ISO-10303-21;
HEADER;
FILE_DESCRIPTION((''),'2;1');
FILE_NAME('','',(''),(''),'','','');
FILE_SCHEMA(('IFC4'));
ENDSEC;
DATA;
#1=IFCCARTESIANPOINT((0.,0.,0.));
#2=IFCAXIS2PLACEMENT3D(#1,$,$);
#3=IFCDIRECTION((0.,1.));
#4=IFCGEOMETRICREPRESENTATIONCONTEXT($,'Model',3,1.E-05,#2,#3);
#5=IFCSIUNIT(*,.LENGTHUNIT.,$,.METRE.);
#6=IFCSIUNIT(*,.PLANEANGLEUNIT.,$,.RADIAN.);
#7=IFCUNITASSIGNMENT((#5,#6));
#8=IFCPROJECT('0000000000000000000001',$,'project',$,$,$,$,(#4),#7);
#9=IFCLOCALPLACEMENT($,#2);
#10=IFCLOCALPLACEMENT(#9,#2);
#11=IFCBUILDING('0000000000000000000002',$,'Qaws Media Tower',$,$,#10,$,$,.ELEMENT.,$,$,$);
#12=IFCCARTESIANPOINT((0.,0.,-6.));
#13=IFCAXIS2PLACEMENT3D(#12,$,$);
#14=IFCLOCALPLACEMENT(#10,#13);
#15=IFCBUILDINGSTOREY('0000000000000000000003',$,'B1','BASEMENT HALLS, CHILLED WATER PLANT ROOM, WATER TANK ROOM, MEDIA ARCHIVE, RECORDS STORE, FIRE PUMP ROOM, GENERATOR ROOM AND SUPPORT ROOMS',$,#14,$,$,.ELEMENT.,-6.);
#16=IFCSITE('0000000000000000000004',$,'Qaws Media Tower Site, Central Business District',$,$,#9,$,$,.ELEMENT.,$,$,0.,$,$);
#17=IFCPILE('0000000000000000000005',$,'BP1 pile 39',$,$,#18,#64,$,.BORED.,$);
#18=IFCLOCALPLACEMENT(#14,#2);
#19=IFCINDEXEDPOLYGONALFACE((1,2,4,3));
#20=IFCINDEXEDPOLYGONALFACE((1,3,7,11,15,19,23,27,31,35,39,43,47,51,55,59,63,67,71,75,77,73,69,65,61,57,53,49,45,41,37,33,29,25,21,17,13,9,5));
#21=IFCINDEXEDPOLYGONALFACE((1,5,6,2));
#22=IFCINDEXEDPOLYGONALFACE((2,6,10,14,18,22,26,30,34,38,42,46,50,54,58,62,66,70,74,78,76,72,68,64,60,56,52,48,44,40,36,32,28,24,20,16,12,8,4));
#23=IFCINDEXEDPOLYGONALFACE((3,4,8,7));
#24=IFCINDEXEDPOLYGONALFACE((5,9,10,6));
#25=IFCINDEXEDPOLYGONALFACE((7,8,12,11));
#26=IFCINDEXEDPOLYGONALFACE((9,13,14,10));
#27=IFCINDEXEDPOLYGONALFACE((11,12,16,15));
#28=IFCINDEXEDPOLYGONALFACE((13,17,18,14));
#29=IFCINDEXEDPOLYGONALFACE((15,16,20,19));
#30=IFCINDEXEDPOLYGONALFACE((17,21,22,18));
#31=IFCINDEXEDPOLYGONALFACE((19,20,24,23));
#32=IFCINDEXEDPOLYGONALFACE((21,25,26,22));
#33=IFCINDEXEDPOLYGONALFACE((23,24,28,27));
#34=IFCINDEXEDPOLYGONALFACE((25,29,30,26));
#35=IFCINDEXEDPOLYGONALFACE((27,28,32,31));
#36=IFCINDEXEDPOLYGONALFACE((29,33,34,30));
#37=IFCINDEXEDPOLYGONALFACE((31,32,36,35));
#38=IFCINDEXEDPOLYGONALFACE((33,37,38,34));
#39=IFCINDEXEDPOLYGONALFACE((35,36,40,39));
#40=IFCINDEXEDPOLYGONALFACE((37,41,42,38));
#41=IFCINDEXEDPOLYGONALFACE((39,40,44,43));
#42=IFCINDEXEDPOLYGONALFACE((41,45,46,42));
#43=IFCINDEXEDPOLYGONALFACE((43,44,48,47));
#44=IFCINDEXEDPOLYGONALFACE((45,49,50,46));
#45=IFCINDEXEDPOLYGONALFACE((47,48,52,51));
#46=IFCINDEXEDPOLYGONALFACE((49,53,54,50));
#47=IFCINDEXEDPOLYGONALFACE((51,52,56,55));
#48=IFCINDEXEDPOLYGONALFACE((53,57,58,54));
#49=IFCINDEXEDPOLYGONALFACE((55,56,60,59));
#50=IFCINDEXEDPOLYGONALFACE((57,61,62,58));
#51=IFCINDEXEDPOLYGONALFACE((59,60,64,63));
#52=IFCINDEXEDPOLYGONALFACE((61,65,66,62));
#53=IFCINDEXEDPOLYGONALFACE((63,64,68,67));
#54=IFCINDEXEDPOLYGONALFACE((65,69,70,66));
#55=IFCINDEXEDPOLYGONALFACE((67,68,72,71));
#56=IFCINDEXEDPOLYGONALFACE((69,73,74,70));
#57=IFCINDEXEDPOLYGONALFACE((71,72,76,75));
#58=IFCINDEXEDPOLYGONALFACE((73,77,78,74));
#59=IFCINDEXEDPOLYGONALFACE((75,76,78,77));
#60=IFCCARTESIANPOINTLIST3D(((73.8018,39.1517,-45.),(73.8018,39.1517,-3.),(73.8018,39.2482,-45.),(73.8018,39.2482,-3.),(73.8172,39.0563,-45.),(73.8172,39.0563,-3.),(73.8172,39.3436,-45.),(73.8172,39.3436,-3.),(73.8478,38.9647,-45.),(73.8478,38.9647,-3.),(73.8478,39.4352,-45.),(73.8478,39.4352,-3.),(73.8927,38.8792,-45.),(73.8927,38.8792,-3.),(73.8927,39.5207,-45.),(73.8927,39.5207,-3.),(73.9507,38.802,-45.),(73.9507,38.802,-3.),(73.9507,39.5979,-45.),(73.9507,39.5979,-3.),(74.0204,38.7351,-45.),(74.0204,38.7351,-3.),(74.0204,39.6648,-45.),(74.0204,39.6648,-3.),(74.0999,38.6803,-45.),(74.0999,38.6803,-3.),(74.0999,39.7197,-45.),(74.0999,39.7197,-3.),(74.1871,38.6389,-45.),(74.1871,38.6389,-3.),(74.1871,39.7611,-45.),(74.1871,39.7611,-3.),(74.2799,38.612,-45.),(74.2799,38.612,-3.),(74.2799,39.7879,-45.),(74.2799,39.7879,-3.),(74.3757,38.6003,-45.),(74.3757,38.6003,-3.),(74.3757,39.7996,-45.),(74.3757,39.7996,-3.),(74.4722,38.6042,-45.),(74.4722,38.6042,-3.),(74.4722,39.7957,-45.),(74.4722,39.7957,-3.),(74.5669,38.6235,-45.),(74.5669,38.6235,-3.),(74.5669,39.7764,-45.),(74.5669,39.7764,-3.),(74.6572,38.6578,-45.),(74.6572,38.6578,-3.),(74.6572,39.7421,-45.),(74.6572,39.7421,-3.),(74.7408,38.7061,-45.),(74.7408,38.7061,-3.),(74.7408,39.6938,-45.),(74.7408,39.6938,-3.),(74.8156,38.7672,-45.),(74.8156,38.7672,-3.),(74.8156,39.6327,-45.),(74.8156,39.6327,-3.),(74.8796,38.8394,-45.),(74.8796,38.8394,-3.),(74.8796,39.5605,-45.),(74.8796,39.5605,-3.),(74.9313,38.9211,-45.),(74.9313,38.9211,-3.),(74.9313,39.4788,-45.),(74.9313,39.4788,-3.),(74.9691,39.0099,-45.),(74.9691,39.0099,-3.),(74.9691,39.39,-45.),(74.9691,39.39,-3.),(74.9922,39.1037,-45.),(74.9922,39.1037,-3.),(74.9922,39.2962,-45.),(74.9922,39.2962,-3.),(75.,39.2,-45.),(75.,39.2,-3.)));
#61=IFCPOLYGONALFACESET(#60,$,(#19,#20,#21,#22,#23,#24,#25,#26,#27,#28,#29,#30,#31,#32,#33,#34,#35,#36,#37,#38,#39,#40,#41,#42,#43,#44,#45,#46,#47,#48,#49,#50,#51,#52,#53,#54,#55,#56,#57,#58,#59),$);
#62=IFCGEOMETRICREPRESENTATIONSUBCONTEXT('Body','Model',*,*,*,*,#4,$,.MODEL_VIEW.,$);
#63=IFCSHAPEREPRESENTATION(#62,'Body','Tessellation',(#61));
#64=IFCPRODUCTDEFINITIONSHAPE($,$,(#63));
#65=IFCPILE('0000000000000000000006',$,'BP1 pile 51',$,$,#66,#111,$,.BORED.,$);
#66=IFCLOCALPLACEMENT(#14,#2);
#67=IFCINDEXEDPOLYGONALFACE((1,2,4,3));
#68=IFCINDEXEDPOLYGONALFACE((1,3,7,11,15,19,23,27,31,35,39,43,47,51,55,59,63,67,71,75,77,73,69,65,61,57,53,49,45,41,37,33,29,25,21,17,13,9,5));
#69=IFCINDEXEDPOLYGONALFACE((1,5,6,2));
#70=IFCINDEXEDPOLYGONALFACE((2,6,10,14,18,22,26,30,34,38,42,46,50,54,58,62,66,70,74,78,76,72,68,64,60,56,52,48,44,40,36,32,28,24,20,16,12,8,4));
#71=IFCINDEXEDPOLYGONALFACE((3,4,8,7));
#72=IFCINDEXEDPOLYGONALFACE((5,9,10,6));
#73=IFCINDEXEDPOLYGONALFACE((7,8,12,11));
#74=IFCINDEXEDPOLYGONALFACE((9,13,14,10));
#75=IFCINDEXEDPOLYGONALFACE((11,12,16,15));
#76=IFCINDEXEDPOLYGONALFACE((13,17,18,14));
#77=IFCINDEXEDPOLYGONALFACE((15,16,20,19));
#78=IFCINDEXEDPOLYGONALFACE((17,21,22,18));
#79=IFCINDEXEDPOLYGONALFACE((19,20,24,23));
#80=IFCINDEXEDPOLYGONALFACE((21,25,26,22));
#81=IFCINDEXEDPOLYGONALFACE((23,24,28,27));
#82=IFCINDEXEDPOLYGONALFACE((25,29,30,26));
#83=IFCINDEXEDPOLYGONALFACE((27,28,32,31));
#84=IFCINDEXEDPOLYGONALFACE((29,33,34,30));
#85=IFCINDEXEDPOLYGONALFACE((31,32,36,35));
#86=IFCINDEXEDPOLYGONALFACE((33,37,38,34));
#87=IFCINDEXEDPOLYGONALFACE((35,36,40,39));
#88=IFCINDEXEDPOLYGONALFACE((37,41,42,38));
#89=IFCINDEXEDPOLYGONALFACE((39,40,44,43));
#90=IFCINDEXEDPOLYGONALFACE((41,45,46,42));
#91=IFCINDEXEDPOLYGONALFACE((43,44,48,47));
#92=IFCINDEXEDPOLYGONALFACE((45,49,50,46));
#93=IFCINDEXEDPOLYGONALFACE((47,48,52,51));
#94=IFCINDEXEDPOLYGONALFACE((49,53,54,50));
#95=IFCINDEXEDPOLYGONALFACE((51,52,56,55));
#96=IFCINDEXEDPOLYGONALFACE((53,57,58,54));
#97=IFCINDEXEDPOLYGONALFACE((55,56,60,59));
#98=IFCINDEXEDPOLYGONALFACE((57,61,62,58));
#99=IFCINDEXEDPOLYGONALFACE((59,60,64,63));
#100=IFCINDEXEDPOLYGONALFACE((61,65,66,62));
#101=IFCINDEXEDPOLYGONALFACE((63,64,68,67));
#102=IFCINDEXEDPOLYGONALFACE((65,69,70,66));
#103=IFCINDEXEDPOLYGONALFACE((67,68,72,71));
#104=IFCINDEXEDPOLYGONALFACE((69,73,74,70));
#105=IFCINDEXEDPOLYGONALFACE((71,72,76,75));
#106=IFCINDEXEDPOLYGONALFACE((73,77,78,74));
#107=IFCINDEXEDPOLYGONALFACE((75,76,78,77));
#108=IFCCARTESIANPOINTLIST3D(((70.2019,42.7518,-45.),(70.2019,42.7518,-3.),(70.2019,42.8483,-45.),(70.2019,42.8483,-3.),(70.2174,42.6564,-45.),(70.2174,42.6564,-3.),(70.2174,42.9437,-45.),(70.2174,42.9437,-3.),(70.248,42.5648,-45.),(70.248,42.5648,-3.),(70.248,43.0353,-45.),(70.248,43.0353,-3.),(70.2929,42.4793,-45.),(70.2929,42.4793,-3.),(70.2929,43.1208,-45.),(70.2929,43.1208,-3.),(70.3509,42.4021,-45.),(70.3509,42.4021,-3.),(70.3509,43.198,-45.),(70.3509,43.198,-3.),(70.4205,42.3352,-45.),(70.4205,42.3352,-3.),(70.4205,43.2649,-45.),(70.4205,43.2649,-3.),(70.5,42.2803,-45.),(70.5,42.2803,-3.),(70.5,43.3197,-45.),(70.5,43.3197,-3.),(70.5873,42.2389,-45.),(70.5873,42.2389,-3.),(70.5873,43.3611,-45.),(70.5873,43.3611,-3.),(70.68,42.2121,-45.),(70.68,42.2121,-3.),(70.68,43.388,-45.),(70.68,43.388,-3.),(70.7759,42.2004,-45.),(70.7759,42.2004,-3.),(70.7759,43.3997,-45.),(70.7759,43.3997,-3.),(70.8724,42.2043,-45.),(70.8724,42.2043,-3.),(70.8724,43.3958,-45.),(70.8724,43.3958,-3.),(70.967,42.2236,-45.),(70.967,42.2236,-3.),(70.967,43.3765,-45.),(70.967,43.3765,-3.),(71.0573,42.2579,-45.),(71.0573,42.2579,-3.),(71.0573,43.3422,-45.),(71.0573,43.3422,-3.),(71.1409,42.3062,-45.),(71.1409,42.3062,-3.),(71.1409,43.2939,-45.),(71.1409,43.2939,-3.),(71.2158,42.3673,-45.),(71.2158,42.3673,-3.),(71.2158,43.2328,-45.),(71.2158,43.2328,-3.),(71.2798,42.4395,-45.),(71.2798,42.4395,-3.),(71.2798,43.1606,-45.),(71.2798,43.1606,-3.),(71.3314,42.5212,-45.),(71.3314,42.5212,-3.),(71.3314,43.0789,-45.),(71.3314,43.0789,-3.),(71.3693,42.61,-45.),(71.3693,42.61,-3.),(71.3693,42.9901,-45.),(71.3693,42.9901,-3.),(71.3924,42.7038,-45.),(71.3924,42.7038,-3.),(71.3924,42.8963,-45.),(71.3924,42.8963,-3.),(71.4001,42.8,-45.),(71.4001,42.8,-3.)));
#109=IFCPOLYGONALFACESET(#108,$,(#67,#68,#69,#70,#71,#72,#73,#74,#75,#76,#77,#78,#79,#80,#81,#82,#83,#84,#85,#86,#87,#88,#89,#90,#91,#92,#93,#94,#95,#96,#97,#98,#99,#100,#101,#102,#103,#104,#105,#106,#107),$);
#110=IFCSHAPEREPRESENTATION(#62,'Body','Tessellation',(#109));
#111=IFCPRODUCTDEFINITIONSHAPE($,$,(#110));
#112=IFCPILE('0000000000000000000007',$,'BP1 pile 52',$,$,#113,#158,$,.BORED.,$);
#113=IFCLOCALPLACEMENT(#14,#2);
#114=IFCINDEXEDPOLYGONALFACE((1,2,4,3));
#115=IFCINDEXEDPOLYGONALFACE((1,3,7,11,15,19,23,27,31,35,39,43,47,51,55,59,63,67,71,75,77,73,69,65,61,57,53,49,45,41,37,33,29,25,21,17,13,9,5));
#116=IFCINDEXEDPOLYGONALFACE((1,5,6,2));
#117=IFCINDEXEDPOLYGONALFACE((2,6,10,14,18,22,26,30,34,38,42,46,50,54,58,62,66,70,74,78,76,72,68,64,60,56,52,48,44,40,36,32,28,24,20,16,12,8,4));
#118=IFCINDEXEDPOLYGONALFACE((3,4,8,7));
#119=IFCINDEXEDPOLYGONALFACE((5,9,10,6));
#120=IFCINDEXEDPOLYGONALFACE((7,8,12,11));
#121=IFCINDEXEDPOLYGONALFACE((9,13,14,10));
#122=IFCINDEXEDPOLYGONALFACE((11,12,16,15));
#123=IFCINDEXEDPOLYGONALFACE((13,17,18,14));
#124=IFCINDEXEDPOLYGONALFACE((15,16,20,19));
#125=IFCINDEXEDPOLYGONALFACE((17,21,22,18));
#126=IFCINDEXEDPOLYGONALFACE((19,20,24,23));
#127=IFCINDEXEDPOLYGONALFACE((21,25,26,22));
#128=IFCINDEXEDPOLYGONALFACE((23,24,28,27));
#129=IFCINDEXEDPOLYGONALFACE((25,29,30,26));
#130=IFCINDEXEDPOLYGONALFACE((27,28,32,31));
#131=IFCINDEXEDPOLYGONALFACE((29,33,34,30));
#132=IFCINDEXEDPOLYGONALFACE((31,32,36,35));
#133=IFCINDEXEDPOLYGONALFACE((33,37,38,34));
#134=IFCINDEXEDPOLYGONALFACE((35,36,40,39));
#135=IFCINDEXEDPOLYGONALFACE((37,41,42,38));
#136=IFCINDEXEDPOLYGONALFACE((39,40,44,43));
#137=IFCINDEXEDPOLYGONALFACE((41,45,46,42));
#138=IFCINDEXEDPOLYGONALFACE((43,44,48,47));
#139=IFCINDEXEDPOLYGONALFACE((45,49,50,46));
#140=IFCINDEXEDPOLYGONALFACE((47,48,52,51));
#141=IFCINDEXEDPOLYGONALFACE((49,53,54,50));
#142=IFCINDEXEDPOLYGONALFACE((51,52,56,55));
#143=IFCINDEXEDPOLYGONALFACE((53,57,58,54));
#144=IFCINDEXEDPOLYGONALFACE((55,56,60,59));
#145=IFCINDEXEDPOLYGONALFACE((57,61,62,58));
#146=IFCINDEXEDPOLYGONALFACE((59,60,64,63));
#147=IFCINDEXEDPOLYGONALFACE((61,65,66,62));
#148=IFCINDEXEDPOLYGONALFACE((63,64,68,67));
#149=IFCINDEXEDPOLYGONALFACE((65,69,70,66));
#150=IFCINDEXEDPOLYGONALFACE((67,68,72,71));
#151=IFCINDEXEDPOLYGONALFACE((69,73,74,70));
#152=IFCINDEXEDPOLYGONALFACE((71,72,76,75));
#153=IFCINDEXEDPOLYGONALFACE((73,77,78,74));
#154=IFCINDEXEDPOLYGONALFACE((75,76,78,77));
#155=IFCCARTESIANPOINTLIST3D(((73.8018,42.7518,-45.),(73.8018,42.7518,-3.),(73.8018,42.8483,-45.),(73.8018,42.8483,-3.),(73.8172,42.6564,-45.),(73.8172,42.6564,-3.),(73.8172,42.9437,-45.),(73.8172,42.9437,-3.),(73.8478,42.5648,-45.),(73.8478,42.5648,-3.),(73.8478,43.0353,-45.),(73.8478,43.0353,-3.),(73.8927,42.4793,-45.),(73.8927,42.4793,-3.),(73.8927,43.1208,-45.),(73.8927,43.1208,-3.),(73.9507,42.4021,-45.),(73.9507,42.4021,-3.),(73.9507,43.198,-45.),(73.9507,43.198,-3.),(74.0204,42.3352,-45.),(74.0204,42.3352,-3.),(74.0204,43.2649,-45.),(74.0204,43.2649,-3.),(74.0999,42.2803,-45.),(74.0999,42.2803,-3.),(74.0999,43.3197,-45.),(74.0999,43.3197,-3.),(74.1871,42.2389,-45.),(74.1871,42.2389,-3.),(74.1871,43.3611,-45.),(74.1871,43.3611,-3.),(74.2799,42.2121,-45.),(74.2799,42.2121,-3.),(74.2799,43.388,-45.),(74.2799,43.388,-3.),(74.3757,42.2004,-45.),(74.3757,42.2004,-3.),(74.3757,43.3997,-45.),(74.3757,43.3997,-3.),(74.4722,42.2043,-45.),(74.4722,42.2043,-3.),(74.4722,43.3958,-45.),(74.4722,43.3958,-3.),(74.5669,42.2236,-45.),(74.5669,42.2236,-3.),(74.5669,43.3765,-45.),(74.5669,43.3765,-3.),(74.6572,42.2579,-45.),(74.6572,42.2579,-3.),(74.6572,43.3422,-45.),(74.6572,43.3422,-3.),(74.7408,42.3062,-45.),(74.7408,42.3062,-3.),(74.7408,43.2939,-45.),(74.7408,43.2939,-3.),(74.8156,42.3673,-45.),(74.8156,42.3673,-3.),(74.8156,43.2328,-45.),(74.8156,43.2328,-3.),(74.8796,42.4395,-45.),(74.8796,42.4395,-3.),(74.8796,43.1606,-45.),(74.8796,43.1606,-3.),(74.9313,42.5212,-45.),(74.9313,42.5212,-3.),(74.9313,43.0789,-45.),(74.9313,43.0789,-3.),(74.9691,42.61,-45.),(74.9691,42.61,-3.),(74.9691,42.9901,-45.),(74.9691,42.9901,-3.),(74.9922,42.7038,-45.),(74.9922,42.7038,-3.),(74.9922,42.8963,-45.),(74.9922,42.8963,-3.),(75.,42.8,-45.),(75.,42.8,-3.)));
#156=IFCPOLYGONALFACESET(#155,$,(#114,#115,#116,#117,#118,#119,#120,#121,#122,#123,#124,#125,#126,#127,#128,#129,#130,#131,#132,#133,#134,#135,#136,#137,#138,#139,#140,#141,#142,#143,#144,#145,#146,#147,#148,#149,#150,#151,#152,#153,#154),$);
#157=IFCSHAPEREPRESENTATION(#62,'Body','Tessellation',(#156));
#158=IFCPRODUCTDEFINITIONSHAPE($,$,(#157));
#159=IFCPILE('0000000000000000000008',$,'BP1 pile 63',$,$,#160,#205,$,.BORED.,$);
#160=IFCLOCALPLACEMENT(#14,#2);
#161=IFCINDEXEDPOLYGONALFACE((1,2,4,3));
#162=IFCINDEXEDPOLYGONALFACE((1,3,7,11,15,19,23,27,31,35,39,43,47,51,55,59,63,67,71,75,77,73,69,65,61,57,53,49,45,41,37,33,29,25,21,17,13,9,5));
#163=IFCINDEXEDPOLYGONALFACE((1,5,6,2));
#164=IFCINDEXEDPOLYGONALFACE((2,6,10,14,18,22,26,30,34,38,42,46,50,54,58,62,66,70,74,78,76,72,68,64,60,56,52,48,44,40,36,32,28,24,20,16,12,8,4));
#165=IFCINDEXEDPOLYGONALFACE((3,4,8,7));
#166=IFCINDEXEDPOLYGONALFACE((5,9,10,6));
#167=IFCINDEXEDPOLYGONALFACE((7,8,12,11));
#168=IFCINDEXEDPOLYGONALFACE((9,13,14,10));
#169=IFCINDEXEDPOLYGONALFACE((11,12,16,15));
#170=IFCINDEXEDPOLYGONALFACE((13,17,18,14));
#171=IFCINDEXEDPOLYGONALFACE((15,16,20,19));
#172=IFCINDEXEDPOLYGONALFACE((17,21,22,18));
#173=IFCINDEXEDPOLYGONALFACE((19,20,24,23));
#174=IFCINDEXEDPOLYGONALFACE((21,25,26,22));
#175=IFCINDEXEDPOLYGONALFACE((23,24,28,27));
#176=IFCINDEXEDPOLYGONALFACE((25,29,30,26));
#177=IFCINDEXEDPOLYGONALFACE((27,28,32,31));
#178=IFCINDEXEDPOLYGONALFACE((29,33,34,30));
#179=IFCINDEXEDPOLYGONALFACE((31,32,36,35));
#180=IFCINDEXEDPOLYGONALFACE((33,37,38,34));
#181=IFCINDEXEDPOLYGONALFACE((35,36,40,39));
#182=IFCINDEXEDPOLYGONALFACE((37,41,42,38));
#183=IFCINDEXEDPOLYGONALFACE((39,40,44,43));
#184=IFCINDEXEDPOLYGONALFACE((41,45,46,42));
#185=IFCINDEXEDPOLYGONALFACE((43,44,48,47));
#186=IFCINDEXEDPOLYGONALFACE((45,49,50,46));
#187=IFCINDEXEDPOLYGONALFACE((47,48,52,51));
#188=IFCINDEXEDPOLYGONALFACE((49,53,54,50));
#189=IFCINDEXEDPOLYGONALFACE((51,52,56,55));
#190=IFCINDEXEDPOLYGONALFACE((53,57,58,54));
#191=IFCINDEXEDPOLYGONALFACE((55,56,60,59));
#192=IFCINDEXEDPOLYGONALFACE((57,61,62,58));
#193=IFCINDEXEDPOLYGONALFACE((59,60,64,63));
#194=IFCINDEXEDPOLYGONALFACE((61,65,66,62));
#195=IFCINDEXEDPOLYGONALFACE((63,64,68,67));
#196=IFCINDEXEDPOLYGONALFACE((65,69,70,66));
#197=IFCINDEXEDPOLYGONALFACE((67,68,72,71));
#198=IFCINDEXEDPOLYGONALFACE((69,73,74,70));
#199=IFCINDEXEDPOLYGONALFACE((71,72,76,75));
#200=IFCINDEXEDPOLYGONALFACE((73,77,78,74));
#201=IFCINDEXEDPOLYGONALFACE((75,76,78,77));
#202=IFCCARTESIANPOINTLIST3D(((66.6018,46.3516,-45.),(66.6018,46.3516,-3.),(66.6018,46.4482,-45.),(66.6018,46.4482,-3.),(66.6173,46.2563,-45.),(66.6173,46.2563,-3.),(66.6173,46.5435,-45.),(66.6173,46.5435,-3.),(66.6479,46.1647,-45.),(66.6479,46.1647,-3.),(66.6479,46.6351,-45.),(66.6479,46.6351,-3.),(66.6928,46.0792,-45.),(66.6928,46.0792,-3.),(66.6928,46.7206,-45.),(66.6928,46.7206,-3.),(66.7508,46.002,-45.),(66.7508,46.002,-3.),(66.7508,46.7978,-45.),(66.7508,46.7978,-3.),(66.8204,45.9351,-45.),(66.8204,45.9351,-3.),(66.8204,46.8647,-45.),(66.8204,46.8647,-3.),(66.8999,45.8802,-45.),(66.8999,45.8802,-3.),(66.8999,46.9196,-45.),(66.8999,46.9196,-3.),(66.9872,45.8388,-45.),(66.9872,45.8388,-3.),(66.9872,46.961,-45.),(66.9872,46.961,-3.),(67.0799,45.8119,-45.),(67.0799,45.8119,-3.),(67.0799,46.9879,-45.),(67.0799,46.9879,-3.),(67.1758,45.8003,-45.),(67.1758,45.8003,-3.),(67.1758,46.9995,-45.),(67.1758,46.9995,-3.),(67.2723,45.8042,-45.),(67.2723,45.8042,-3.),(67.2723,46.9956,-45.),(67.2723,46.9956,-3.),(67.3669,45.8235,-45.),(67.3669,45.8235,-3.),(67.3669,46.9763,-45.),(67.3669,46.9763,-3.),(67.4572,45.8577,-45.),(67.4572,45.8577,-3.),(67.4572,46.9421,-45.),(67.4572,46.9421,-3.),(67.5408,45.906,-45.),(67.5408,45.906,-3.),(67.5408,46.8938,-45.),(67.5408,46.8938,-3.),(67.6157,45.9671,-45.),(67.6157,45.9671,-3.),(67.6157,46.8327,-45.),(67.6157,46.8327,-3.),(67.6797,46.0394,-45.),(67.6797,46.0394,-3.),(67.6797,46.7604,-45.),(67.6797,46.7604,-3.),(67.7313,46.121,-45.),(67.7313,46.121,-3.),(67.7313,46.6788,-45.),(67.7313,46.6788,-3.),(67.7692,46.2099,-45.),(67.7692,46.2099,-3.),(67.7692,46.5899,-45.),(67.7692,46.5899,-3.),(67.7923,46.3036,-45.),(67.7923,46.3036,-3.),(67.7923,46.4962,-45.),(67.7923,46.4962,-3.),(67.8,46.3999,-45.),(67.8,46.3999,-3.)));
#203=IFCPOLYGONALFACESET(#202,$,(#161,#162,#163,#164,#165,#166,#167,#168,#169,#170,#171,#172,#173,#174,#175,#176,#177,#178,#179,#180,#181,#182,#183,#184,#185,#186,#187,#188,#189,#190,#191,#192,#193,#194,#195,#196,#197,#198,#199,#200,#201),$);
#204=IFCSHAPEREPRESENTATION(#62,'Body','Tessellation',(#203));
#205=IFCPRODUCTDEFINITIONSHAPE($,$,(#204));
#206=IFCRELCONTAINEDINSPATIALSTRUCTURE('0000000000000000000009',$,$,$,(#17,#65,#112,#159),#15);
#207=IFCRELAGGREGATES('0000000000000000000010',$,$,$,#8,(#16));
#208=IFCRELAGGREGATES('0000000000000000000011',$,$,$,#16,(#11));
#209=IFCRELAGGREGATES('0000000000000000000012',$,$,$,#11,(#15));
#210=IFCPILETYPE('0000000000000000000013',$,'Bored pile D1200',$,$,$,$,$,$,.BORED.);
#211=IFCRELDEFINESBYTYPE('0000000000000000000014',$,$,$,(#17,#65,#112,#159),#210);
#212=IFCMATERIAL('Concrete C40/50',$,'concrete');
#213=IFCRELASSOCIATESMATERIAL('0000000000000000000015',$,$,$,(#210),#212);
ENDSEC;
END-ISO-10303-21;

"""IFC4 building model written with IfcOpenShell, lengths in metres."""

from ifc_helpers import new_model, si_unit, direction, frame, origin, origin_2d, place, context, subcontext, project, spatial, circle, extrude, material, material_profile, profile_set, type_object, element, save


model = new_model("IFC4")

# Units and contexts
model_context = context("Model", 3, precision=1e-05, world=origin(), true_north=direction((0.0, 1.0)))
body_context = subcontext(model_context, "Body", "Model", "MODEL_VIEW")
ifc_project = project(units=[si_unit("LENGTHUNIT", "METRE"), si_unit("PLANEANGLEUNIT", "RADIAN")], contexts=[model_context])

# Site, building, storey
site_placement = place(None, origin())
site = spatial("IfcSite", under=ifc_project, at=site_placement, Name="Qaws Media Tower Site, Central Business District", CompositionType="ELEMENT", RefElevation=0.0)
building_placement = place(site_placement, origin())
building = spatial("IfcBuilding", under=site, at=building_placement, Name="Qaws Media Tower", CompositionType="ELEMENT")
storey_placement = place(building_placement, frame((0.0, 0.0, -6.0)))
storey = spatial("IfcBuildingStorey", under=building, at=storey_placement, Name="B1", Description="BASEMENT HALLS, CHILLED WATER PLANT ROOM, WATER TANK ROOM, MEDIA ARCHIVE, RECORDS STORE, FIRE PUMP ROOM, GENERATOR ROOM AND SUPPORT ROOMS", CompositionType="ELEMENT", Elevation=-6.0)

# Piles
ifc_material_1 = material(Name="Concrete C40/50", Category="concrete")
ifc_material_profile_1 = material_profile(ifc_material_1, circle(Radius=0.6001, at=origin_2d()), Name="D1200")
ifc_profile_set_1 = profile_set([ifc_material_profile_1], Name="Concrete C40/50")
pile_type = type_object("IfcPileType", Name="Bored pile D1200", PredefinedType="BORED", material=ifc_profile_set_1)
for number, where, z_axis, x_axis, name in (
    (1, (74.3999, 39.2, -3.0), (0.0, 0.0, -1.0), (1.0, 0.0, 0.0), "BP1 pile 39"),
    (2, (70.8, 42.8, -3.0), (0.0, 0.0, -1.0), (1.0, 0.0, 0.0), "BP1 pile 51"),
    (3, (74.3999, 42.8, -3.0), (0.0, 0.0, -1.0), (1.0, 0.0, 0.0), "BP1 pile 52"),
    (4, (67.2, 46.3999, -3.0), (0.0, 0.0, -1.0), (1.0, 0.0, 0.0), "BP1 pile 63"),
):
    element("IfcPile", number, at=place(storey_placement, frame(where, z_axis=z_axis, x_axis=x_axis)), inside=storey, type_object=pile_type, Name=name, PredefinedType="BORED", context=body_context, shape_type="SweptSolid", body=[
        extrude(circle(Radius=0.6001, at=origin_2d()), origin(), (0.0, 0.0, 1.0), 42.0),
    ])

save(model, "model.ifc")
